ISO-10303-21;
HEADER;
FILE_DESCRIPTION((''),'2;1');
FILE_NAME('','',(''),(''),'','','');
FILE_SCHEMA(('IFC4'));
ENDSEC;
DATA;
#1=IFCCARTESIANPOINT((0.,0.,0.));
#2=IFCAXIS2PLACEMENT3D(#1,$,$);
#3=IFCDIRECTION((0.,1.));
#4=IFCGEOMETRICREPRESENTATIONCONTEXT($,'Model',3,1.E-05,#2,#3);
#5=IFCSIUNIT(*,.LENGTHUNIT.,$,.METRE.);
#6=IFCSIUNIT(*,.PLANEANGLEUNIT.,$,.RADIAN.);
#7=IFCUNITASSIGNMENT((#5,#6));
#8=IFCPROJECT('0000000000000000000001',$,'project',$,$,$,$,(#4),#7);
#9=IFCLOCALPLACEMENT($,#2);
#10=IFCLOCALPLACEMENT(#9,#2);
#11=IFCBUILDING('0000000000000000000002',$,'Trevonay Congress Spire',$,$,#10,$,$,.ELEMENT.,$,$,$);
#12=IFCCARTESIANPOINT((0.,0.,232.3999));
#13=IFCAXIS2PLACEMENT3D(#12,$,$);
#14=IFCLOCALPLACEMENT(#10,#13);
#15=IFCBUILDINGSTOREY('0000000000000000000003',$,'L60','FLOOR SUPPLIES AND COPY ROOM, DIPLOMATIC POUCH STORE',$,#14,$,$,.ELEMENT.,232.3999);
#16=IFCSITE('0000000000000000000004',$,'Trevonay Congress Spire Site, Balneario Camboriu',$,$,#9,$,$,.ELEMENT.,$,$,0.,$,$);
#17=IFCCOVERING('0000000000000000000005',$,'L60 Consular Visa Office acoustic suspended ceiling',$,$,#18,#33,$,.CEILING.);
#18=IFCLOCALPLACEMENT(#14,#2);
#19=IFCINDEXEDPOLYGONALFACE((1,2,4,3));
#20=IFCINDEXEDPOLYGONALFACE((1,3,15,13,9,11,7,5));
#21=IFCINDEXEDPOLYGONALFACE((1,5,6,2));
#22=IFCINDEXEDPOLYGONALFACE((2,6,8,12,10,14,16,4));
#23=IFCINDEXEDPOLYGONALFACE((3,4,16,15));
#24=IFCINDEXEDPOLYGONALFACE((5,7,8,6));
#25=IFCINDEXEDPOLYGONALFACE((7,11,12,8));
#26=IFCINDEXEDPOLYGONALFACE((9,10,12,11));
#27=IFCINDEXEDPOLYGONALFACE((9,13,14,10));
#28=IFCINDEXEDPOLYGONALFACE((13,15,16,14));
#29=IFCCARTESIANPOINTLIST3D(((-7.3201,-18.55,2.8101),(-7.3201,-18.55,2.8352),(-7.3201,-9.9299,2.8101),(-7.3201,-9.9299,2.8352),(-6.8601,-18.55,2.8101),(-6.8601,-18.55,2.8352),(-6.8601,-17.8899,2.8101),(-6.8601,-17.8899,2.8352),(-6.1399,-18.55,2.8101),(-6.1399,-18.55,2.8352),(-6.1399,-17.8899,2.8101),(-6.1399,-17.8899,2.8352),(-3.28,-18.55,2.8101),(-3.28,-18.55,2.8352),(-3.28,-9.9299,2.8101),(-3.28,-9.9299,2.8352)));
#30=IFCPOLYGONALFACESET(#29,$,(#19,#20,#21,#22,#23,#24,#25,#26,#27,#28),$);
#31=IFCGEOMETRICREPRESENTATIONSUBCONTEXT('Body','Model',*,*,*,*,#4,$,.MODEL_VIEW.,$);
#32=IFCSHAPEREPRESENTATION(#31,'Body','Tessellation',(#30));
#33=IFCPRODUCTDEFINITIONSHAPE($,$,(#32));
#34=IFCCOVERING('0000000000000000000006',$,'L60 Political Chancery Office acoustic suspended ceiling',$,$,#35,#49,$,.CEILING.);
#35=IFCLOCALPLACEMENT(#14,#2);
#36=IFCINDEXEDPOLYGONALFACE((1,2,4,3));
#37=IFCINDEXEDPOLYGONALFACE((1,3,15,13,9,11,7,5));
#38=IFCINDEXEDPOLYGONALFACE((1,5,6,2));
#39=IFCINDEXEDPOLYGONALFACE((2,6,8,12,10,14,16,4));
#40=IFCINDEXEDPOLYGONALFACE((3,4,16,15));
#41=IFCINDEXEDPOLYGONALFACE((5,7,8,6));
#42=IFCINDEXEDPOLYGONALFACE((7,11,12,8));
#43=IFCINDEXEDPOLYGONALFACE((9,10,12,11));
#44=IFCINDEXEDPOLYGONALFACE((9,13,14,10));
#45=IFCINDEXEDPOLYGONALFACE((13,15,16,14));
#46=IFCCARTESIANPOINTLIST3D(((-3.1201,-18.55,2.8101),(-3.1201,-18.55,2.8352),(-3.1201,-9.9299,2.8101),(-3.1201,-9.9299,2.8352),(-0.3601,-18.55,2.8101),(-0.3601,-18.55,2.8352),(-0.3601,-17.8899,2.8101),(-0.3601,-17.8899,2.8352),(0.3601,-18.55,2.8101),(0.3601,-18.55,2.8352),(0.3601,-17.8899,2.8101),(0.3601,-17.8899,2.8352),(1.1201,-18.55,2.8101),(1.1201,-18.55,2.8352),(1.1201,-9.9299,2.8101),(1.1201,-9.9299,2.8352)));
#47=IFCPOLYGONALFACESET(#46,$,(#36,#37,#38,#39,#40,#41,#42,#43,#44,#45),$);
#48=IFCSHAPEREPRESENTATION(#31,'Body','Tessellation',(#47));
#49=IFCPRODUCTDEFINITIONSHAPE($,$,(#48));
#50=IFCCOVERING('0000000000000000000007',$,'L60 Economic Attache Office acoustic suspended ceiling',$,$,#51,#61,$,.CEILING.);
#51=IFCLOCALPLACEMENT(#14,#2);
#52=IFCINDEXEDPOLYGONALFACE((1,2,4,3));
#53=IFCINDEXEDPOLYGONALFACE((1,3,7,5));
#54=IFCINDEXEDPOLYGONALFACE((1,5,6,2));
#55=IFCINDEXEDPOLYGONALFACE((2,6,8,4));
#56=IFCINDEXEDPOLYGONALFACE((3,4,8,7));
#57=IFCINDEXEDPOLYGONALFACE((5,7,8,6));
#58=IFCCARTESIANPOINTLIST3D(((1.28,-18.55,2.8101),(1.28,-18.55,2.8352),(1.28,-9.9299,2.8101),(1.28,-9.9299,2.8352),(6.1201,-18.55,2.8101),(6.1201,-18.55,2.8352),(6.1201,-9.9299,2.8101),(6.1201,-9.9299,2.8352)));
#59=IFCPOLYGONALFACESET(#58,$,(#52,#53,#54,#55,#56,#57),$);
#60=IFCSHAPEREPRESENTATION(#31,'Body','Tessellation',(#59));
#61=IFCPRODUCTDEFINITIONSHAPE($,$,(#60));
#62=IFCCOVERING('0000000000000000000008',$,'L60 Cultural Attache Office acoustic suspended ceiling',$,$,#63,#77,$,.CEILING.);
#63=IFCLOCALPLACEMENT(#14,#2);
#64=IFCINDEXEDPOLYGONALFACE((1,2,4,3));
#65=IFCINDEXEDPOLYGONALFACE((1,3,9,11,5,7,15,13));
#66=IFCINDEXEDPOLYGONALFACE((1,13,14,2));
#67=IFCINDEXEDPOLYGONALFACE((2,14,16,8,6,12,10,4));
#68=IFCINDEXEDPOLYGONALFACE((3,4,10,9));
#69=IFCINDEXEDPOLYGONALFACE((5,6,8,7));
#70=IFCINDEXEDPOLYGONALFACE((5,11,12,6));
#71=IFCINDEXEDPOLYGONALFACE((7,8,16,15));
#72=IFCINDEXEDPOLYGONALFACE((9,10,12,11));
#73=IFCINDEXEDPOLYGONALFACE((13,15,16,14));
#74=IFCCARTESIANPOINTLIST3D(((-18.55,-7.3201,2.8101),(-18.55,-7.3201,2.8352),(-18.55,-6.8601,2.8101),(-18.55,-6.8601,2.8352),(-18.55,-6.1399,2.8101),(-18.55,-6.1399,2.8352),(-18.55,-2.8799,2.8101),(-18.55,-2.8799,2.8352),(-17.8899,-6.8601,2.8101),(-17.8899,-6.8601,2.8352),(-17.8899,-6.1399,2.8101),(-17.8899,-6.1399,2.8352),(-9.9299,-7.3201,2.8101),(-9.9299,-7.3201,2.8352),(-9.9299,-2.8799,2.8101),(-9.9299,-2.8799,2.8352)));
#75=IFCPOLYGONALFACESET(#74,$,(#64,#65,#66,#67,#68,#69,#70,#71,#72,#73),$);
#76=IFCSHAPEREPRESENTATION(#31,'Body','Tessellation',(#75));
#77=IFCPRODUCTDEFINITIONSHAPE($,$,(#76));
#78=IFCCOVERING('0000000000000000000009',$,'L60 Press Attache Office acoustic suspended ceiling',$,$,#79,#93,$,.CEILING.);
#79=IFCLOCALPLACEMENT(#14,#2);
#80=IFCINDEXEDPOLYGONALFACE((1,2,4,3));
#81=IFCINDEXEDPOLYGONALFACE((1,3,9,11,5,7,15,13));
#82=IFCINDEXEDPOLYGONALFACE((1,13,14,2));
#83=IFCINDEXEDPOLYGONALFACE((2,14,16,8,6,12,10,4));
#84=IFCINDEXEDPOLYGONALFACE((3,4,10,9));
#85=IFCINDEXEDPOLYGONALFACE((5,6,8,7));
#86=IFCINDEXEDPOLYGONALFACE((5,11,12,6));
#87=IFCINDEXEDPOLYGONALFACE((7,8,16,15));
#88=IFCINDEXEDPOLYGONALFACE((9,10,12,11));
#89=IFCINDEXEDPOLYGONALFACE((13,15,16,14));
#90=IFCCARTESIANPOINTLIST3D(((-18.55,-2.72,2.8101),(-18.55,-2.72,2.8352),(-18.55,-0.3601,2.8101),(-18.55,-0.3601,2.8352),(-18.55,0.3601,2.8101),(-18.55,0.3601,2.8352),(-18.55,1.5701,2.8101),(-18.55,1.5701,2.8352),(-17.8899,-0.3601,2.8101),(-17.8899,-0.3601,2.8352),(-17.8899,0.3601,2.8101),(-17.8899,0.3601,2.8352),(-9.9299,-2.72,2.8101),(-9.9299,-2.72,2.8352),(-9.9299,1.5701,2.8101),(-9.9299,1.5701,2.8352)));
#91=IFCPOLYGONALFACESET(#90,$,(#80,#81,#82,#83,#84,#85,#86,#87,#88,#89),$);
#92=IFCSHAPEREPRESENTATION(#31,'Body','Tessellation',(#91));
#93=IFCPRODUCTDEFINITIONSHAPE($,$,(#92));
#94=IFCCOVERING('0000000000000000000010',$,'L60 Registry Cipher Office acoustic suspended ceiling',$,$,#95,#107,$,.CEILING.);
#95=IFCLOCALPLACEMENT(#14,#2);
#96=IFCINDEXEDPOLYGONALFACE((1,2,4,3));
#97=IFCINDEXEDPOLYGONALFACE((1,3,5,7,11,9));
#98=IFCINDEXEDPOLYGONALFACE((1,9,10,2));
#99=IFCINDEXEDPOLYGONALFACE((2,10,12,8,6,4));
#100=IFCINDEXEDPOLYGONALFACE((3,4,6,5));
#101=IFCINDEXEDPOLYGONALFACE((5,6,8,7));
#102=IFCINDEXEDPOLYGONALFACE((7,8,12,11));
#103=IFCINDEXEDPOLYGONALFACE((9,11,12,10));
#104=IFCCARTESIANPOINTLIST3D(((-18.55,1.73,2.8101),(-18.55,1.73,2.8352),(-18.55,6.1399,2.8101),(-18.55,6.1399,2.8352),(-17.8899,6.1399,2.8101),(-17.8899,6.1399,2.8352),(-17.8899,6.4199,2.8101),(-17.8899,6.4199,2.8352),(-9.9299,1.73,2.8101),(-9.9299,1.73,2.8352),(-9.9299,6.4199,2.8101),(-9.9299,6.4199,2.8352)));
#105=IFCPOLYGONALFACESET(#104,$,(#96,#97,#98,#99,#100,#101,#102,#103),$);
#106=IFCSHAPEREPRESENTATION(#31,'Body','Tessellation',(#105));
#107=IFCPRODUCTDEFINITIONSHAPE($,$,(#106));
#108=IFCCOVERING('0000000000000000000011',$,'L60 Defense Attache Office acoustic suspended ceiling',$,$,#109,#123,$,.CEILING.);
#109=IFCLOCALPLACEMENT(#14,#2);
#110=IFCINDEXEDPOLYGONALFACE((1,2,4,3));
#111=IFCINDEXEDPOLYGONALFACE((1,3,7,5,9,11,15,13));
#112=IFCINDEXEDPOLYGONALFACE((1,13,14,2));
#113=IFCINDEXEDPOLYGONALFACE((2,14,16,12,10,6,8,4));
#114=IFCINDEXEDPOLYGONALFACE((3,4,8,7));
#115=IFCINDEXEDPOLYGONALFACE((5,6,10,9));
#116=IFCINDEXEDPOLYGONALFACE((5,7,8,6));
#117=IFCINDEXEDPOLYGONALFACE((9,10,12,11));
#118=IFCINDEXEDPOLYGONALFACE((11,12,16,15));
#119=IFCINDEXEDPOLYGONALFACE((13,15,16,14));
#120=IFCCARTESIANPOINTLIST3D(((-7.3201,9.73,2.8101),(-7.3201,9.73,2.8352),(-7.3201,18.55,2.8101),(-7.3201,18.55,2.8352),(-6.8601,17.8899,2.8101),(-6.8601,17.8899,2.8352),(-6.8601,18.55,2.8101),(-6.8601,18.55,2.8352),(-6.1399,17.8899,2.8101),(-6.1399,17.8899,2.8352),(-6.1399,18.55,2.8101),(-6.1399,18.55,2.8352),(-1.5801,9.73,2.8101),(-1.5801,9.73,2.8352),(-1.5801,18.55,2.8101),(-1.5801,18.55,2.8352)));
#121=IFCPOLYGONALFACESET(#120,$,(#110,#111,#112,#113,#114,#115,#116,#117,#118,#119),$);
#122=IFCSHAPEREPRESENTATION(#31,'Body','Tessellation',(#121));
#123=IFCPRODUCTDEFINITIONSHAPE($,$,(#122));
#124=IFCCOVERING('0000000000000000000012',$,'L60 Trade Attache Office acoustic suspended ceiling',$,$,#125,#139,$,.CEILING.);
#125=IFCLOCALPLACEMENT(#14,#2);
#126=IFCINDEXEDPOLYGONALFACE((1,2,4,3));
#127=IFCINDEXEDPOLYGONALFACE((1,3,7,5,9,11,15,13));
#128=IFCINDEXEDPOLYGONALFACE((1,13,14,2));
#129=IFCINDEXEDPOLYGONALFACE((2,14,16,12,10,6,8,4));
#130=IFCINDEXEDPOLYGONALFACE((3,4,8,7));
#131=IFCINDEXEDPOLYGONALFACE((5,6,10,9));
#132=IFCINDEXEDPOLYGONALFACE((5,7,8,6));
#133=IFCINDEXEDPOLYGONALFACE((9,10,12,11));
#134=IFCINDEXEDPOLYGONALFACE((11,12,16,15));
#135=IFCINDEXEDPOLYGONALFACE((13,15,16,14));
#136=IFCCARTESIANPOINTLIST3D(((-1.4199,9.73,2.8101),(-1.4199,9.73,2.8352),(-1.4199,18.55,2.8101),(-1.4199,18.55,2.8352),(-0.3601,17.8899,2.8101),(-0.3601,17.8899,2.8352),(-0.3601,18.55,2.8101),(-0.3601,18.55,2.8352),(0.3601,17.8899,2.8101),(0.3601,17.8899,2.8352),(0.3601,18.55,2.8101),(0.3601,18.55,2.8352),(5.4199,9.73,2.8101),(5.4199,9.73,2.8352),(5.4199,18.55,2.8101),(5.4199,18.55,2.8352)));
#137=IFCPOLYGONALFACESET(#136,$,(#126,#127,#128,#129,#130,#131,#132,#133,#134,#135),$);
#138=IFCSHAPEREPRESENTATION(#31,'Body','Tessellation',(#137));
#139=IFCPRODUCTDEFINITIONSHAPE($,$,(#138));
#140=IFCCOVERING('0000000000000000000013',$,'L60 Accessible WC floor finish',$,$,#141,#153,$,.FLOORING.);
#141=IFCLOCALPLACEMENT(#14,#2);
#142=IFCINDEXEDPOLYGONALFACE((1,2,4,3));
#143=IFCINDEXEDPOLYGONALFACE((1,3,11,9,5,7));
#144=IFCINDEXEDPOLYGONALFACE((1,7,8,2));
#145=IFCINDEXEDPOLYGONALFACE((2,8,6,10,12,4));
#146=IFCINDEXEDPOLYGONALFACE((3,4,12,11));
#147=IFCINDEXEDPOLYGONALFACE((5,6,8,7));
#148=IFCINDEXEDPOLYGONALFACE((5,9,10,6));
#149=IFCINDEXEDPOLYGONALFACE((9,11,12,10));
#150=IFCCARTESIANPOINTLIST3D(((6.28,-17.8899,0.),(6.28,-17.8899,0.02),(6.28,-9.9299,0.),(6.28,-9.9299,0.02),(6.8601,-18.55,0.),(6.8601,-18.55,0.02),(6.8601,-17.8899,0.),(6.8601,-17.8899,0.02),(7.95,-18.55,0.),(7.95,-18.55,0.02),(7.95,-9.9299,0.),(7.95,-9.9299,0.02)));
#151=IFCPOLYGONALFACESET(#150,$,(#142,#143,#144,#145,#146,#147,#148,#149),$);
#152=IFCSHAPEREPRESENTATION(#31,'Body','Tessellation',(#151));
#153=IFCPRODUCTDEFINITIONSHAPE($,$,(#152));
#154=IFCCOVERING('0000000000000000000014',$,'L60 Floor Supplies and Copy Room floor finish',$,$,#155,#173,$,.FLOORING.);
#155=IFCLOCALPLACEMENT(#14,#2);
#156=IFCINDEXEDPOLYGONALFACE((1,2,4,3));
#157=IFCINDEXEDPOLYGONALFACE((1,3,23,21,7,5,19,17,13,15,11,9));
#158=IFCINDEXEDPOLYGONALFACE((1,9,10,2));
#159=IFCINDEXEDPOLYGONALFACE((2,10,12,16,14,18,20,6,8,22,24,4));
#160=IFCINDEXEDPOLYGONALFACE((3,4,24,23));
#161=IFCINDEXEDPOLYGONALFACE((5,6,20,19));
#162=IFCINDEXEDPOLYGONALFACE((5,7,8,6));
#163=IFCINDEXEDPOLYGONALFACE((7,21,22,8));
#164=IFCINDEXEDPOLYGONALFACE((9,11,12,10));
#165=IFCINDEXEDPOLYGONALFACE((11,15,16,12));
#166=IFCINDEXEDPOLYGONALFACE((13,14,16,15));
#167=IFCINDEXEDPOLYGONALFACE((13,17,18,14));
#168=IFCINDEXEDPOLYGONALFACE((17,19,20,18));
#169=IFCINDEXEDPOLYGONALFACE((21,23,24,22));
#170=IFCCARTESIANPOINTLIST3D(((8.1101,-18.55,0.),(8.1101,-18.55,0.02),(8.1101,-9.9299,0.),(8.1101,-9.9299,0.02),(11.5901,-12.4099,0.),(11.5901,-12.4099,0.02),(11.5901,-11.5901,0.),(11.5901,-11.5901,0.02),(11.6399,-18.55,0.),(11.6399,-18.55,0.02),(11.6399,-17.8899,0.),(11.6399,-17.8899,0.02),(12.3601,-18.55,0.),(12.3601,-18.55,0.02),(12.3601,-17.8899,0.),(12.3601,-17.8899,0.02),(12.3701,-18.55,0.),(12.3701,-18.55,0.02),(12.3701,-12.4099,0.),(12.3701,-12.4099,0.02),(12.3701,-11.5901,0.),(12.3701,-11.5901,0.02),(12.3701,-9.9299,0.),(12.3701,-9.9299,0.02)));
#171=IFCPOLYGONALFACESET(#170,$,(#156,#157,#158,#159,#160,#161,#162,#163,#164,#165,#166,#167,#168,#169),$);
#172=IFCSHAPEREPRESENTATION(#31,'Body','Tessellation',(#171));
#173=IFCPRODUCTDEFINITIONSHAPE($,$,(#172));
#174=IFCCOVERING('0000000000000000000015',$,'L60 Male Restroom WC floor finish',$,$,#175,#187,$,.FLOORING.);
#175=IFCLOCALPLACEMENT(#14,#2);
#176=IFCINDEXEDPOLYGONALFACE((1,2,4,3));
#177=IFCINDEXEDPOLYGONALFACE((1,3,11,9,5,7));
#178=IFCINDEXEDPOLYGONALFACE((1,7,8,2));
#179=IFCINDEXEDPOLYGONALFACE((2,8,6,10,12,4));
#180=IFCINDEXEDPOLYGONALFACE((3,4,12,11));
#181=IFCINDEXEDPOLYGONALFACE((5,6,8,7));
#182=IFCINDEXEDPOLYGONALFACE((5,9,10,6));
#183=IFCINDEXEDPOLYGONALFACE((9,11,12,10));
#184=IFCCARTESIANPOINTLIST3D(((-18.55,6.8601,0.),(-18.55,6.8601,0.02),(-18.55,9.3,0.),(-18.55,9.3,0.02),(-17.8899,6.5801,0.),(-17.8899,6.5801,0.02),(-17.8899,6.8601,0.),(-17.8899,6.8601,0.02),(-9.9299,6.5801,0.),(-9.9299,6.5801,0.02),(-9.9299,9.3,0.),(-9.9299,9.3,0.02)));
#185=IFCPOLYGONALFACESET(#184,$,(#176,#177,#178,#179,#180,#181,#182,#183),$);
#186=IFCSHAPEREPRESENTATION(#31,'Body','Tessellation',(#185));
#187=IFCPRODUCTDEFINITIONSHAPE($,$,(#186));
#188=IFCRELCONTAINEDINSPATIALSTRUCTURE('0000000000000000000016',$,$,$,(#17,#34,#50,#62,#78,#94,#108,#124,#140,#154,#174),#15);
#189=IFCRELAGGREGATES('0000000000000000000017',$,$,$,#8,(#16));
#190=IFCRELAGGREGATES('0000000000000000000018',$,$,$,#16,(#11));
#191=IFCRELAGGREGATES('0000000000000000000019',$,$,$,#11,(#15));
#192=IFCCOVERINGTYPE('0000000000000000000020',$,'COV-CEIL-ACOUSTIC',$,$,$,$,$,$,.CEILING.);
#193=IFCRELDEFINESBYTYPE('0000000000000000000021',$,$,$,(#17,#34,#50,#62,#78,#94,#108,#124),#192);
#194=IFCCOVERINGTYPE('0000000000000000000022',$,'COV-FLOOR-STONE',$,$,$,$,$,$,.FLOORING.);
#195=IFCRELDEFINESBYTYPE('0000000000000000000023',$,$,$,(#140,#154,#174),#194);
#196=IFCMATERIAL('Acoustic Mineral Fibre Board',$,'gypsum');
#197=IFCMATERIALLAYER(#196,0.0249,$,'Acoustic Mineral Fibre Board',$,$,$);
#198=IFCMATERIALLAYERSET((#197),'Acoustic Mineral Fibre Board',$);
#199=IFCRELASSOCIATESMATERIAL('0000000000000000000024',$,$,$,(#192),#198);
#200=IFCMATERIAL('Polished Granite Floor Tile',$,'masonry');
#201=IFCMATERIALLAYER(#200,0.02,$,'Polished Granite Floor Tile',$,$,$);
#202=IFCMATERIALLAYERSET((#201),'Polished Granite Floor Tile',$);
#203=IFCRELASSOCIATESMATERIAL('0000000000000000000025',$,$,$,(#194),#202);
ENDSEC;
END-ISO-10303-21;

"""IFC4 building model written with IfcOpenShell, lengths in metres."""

from ifc_helpers import new_model, si_unit, direction, frame, origin, place, context, subcontext, project, spatial, polyline, outline, extrude, material, layer, layer_set, type_object, element, save


model = new_model("IFC4")

# Units and contexts
model_context = context("Model", 3, precision=1e-05, world=origin(), true_north=direction((0.0, 1.0)))
body_context = subcontext(model_context, "Body", "Model", "MODEL_VIEW")
ifc_project = project(units=[si_unit("LENGTHUNIT", "METRE"), si_unit("PLANEANGLEUNIT", "RADIAN")], contexts=[model_context])

# Site, building, storey
site_placement = place(None, origin())
site = spatial("IfcSite", under=ifc_project, at=site_placement, Name="Trevonay Congress Spire Site, Balneario Camboriu", CompositionType="ELEMENT", RefElevation=0.0)
building_placement = place(site_placement, origin())
building = spatial("IfcBuilding", under=site, at=building_placement, Name="Trevonay Congress Spire", CompositionType="ELEMENT")
storey_placement = place(building_placement, frame((0.0, 0.0, 232.3999)))
storey = spatial("IfcBuildingStorey", under=building, at=storey_placement, Name="L60", Description="FLOOR SUPPLIES AND COPY ROOM, DIPLOMATIC POUCH STORE", CompositionType="ELEMENT", Elevation=232.3999)

# Coverings
ifc_material_1 = material(Name="Acoustic Mineral Fibre Board", Category="gypsum")
ifc_layer_1 = layer(ifc_material_1, 0.0249, Name="Acoustic Mineral Fibre Board")
ifc_layer_set_1 = layer_set([ifc_layer_1], Name="Acoustic Mineral Fibre Board")
covering_type_1 = type_object("IfcCoveringType", Name="COV-CEIL-ACOUSTIC", PredefinedType="CEILING", material=ifc_layer_set_1)
covering_1_placement = place(storey_placement, frame((0.0, 0.0, 2.8101)))
element("IfcCovering", 1, at=covering_1_placement, inside=storey, type_object=covering_type_1, Name="L60 Consular Visa Office acoustic suspended ceiling", PredefinedType="CEILING", context=body_context, shape_type="SweptSolid", body=[
    extrude(outline(polyline([(-7.3201, -18.55), (-7.3201, -9.9299), (-3.28, -9.9299), (-3.28, -18.55), (-6.1399, -18.55), (-6.1399, -17.8899), (-6.8601, -17.8899), (-6.8601, -18.55), (-7.3201, -18.55)])), origin(), (0.0, 0.0, 1.0), 0.0251),
])
covering_2_placement = place(storey_placement, frame((0.0, 0.0, 2.8101)))
element("IfcCovering", 2, at=covering_2_placement, inside=storey, type_object=covering_type_1, Name="L60 Political Chancery Office acoustic suspended ceiling", PredefinedType="CEILING", context=body_context, shape_type="SweptSolid", body=[
    extrude(outline(polyline([(-3.1201, -18.55), (-3.1201, -9.9299), (1.1201, -9.9299), (1.1201, -18.55), (0.3601, -18.55), (0.3601, -17.8899), (-0.3601, -17.8899), (-0.3601, -18.55), (-3.1201, -18.55)])), origin(), (0.0, 0.0, 1.0), 0.0251),
])
covering_3_placement = place(storey_placement, frame((0.0, 0.0, 2.8101)))
element("IfcCovering", 3, at=covering_3_placement, inside=storey, type_object=covering_type_1, Name="L60 Economic Attache Office acoustic suspended ceiling", PredefinedType="CEILING", context=body_context, shape_type="SweptSolid", body=[
    extrude(outline(polyline([(1.28, -18.55), (6.1201, -18.55), (6.1201, -9.9299), (1.28, -9.9299), (1.28, -18.55)])), origin(), (0.0, 0.0, 1.0), 0.0251),
])
covering_4_placement = place(storey_placement, frame((0.0, 0.0, 2.8101)))
element("IfcCovering", 4, at=covering_4_placement, inside=storey, type_object=covering_type_1, Name="L60 Cultural Attache Office acoustic suspended ceiling", PredefinedType="CEILING", context=body_context, shape_type="SweptSolid", body=[
    extrude(outline(polyline([(-18.55, -2.8799), (-9.9299, -2.8799), (-9.9299, -7.3201), (-18.55, -7.3201), (-18.55, -6.8601), (-17.8899, -6.8601), (-17.8899, -6.1399), (-18.55, -6.1399), (-18.55, -2.8799)])), origin(), (0.0, 0.0, 1.0), 0.0251),
])
covering_5_placement = place(storey_placement, frame((0.0, 0.0, 2.8101)))
element("IfcCovering", 5, at=covering_5_placement, inside=storey, type_object=covering_type_1, Name="L60 Press Attache Office acoustic suspended ceiling", PredefinedType="CEILING", context=body_context, shape_type="SweptSolid", body=[
    extrude(outline(polyline([(-18.55, 1.5701), (-9.9299, 1.5701), (-9.9299, -2.72), (-18.55, -2.72), (-18.55, -0.3601), (-17.8899, -0.3601), (-17.8899, 0.3601), (-18.55, 0.3601), (-18.55, 1.5701)])), origin(), (0.0, 0.0, 1.0), 0.0251),
])
covering_6_placement = place(storey_placement, frame((0.0, 0.0, 2.8101)))
element("IfcCovering", 6, at=covering_6_placement, inside=storey, type_object=covering_type_1, Name="L60 Registry Cipher Office acoustic suspended ceiling", PredefinedType="CEILING", context=body_context, shape_type="SweptSolid", body=[
    extrude(outline(polyline([(-9.9299, 6.4199), (-9.9299, 1.73), (-18.55, 1.73), (-18.55, 6.1399), (-17.8899, 6.1399), (-17.8899, 6.4199), (-9.9299, 6.4199)])), origin(), (0.0, 0.0, 1.0), 0.0251),
])
covering_7_placement = place(storey_placement, frame((0.0, 0.0, 2.8101)))
element("IfcCovering", 7, at=covering_7_placement, inside=storey, type_object=covering_type_1, Name="L60 Defense Attache Office acoustic suspended ceiling", PredefinedType="CEILING", context=body_context, shape_type="SweptSolid", body=[
    extrude(outline(polyline([(-1.5801, 18.55), (-1.5801, 9.73), (-7.3201, 9.73), (-7.3201, 18.55), (-6.8601, 18.55), (-6.8601, 17.8899), (-6.1399, 17.8899), (-6.1399, 18.55), (-1.5801, 18.55)])), origin(), (0.0, 0.0, 1.0), 0.0251),
])
covering_8_placement = place(storey_placement, frame((0.0, 0.0, 2.8101)))
element("IfcCovering", 8, at=covering_8_placement, inside=storey, type_object=covering_type_1, Name="L60 Trade Attache Office acoustic suspended ceiling", PredefinedType="CEILING", context=body_context, shape_type="SweptSolid", body=[
    extrude(outline(polyline([(5.4199, 18.55), (5.4199, 9.73), (-1.4199, 9.73), (-1.4199, 18.55), (-0.3601, 18.55), (-0.3601, 17.8899), (0.3601, 17.8899), (0.3601, 18.55), (5.4199, 18.55)])), origin(), (0.0, 0.0, 1.0), 0.0251),
])
ifc_material_2 = material(Name="Polished Granite Floor Tile", Category="masonry")
ifc_layer_2 = layer(ifc_material_2, 0.02, Name="Polished Granite Floor Tile")
ifc_layer_set_2 = layer_set([ifc_layer_2], Name="Polished Granite Floor Tile")
covering_type_2 = type_object("IfcCoveringType", Name="COV-FLOOR-STONE", PredefinedType="FLOORING", material=ifc_layer_set_2)
covering_9_placement = place(storey_placement, origin())
element("IfcCovering", 9, at=covering_9_placement, inside=storey, type_object=covering_type_2, Name="L60 Accessible WC floor finish", PredefinedType="FLOORING", context=body_context, shape_type="SweptSolid", body=[
    extrude(outline(polyline([(6.28, -9.9299), (7.95, -9.9299), (7.95, -18.55), (6.8601, -18.55), (6.8601, -17.8899), (6.28, -17.8899), (6.28, -9.9299)])), origin(), (0.0, 0.0, 1.0), 0.02),
])
covering_10_placement = place(storey_placement, origin())
element("IfcCovering", 10, at=covering_10_placement, inside=storey, type_object=covering_type_2, Name="L60 Floor Supplies and Copy Room floor finish", PredefinedType="FLOORING", context=body_context, shape_type="SweptSolid", body=[
    extrude(outline(polyline([(8.1101, -18.55), (8.1101, -9.9299), (12.3701, -9.9299), (12.3701, -11.5901), (11.5901, -11.5901), (11.5901, -12.4099), (12.3701, -12.4099), (12.3701, -18.55), (12.3601, -18.55), (12.3601, -17.8899), (11.6399, -17.8899), (11.6399, -18.55), (8.1101, -18.55)])), origin(), (0.0, 0.0, 1.0), 0.02),
])
covering_11_placement = place(storey_placement, origin())
element("IfcCovering", 11, at=covering_11_placement, inside=storey, type_object=covering_type_2, Name="L60 Male Restroom WC floor finish", PredefinedType="FLOORING", context=body_context, shape_type="SweptSolid", body=[
    extrude(outline(polyline([(-18.55, 9.3), (-9.9299, 9.3), (-9.9299, 6.5801), (-17.8899, 6.5801), (-17.8899, 6.8601), (-18.55, 6.8601), (-18.55, 9.3)])), origin(), (0.0, 0.0, 1.0), 0.02),
])

save(model, "model.ifc")
